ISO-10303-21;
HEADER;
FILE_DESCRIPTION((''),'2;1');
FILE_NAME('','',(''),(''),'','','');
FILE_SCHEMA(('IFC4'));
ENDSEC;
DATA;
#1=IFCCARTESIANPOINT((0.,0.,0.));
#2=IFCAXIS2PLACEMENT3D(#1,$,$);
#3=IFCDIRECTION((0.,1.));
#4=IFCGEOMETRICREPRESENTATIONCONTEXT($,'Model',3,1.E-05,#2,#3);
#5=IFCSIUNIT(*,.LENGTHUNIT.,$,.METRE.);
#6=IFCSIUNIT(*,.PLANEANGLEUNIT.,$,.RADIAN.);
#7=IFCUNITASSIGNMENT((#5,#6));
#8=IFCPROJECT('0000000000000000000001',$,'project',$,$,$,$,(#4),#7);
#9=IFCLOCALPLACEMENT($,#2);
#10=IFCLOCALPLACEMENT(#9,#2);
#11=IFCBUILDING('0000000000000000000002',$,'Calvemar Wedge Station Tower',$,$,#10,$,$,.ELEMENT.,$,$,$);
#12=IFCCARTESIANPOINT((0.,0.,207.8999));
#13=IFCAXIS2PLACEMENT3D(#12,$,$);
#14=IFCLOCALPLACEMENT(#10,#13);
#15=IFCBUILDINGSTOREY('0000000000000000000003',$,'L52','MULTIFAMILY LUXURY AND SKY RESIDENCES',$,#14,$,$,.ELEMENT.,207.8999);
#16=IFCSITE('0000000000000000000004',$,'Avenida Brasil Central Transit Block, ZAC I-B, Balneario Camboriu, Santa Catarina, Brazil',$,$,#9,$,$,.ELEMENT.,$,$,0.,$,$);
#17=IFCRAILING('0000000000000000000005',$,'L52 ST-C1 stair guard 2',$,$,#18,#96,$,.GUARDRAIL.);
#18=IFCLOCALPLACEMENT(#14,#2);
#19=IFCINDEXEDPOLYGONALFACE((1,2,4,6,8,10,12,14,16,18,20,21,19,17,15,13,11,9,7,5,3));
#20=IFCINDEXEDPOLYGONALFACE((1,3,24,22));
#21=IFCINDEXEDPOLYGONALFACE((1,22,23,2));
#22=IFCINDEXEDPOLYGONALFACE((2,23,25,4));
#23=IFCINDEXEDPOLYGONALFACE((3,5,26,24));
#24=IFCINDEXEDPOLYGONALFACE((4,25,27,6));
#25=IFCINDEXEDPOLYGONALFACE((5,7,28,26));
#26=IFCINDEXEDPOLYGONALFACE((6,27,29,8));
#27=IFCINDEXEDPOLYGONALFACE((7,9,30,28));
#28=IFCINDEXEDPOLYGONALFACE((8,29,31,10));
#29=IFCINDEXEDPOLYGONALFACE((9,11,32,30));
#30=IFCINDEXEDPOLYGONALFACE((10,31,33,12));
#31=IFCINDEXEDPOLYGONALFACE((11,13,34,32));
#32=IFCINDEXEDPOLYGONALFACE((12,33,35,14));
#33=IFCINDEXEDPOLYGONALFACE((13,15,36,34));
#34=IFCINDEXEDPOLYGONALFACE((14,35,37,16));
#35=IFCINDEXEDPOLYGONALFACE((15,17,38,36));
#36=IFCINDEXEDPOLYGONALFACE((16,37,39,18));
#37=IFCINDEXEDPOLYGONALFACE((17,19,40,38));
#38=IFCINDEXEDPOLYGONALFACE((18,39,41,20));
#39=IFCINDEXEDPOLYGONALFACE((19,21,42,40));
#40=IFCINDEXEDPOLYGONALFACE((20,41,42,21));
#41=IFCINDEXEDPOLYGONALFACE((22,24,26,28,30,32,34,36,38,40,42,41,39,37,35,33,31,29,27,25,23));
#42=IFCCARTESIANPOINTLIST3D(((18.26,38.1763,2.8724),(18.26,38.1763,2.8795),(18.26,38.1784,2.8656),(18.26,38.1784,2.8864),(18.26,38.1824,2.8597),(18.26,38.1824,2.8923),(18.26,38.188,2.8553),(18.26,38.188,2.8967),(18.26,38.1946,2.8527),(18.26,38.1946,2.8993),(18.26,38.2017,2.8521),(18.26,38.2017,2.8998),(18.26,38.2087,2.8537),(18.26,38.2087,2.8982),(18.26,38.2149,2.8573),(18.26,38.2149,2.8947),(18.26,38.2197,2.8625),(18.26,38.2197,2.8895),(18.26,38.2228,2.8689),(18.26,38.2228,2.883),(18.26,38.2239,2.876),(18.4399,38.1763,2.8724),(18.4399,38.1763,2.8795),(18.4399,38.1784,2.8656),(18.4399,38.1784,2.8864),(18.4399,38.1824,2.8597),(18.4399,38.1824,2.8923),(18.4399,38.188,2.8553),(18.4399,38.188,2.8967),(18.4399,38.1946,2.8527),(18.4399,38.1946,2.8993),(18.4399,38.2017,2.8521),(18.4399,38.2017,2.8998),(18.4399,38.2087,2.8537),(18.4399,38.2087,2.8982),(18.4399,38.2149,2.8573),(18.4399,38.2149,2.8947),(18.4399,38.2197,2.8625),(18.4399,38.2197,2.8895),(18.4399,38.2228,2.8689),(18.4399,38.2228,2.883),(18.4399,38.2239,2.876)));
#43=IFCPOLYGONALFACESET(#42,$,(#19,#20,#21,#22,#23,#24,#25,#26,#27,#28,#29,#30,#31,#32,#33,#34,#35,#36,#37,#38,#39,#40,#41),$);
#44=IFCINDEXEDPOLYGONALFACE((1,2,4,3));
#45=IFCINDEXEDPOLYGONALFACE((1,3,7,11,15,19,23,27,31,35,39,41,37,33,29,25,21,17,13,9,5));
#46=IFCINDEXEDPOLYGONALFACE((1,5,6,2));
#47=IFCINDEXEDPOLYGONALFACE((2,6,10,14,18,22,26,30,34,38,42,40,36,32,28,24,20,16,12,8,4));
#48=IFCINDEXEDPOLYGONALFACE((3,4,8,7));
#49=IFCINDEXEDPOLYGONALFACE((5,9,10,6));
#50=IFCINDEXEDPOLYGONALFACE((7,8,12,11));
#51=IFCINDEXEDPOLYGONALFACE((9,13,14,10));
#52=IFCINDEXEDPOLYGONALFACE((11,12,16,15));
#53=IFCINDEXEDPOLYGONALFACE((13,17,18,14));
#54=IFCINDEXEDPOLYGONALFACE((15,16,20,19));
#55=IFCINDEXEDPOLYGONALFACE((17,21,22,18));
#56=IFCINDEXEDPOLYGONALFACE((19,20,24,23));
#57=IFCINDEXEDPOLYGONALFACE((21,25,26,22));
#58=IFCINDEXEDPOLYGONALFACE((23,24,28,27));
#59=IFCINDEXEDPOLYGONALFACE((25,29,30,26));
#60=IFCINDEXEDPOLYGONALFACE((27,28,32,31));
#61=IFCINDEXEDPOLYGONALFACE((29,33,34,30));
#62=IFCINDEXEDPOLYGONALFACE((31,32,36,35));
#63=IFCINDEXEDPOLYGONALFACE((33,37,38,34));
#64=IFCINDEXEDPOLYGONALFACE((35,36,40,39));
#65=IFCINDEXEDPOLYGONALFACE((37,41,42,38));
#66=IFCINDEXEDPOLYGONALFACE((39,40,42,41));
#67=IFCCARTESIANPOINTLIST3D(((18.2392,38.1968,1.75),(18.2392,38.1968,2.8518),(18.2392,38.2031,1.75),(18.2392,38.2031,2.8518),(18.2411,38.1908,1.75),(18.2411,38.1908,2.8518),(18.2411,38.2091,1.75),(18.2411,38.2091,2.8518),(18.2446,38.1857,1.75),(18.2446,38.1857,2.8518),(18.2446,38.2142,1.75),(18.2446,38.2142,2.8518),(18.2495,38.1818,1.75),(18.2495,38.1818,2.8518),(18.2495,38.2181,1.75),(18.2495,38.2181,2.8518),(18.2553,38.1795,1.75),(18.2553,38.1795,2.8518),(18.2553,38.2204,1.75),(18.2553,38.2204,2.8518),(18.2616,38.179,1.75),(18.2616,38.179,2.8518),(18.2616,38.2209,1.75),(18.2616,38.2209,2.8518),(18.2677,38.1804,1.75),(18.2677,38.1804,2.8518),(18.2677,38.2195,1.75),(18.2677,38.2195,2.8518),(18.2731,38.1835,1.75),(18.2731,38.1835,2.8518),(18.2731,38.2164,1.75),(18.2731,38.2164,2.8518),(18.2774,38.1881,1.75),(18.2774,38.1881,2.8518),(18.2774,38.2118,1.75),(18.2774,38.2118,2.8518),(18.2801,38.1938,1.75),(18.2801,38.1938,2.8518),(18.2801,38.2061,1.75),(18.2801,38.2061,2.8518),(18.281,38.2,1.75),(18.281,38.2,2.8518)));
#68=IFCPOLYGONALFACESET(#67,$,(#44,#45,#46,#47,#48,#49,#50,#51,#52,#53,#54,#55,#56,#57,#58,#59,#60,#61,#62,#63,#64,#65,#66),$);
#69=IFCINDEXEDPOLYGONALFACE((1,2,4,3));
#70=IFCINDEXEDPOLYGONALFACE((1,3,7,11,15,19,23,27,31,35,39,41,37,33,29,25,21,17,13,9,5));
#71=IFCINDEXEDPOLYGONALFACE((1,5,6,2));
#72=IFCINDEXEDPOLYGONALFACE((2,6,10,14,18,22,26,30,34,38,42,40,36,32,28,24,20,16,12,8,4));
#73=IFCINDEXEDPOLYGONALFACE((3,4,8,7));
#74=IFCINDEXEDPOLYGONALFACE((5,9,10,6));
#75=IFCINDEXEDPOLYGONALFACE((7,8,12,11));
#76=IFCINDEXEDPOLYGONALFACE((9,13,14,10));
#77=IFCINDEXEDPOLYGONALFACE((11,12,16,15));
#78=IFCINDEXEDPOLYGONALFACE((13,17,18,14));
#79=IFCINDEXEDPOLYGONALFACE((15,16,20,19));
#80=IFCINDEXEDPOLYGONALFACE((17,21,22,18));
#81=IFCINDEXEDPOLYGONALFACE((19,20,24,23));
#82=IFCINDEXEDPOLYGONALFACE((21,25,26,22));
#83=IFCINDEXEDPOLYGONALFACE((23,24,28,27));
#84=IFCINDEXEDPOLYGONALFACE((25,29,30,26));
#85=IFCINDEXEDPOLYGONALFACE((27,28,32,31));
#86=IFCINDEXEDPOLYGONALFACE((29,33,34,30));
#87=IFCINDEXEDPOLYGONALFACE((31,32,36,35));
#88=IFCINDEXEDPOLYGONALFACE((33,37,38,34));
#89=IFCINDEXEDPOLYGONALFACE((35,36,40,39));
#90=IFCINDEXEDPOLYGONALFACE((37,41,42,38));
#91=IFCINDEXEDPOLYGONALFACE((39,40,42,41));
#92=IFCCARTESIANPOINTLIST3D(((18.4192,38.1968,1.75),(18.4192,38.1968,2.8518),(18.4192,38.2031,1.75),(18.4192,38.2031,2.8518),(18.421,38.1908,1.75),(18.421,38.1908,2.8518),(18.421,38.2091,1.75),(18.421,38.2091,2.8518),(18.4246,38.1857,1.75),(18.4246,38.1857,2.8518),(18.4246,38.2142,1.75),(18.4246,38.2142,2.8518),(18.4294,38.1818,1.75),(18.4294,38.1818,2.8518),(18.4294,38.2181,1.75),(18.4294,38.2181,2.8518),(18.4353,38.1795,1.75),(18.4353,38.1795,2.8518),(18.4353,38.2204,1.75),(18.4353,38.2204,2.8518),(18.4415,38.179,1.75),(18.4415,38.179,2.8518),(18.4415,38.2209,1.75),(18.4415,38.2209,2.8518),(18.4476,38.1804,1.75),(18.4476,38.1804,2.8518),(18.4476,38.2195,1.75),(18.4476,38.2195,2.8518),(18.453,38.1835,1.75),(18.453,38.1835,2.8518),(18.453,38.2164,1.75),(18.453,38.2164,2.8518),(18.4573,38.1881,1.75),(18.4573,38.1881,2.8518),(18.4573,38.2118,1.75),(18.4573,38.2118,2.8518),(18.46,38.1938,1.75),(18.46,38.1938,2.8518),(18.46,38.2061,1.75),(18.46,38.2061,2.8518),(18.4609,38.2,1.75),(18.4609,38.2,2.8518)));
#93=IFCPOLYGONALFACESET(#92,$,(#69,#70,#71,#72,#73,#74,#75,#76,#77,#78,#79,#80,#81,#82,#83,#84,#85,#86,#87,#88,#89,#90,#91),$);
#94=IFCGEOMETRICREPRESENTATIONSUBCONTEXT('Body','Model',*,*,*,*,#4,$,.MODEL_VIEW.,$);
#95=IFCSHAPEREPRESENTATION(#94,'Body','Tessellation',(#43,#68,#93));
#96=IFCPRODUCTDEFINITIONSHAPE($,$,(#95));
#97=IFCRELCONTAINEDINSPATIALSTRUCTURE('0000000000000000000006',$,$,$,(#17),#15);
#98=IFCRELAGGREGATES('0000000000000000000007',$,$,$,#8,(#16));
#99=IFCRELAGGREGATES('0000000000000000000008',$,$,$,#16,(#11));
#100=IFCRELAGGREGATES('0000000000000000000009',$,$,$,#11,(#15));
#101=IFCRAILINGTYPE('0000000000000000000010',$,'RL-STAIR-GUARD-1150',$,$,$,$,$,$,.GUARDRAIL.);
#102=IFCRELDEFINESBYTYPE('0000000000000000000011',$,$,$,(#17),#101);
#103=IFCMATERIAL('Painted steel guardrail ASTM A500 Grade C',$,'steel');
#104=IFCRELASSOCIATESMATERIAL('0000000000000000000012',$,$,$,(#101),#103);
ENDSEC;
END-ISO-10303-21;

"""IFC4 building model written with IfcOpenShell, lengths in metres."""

from ifc_helpers import new_model, si_unit, direction, frame, origin, origin_2d, place, context, subcontext, project, spatial, circle, extrude, material, type_object, element, save


model = new_model("IFC4")

# Units and contexts
model_context = context("Model", 3, precision=1e-05, world=origin(), true_north=direction((0.0, 1.0)))
body_context = subcontext(model_context, "Body", "Model", "MODEL_VIEW")
ifc_project = project(units=[si_unit("LENGTHUNIT", "METRE"), si_unit("PLANEANGLEUNIT", "RADIAN")], contexts=[model_context])

# Site, building, storey
site_placement = place(None, origin())
site = spatial("IfcSite", under=ifc_project, at=site_placement, Name="Avenida Brasil Central Transit Block, ZAC I-B, Balneario Camboriu, Santa Catarina, Brazil", CompositionType="ELEMENT", RefElevation=0.0)
building_placement = place(site_placement, origin())
building = spatial("IfcBuilding", under=site, at=building_placement, Name="Calvemar Wedge Station Tower", CompositionType="ELEMENT")
storey_placement = place(building_placement, frame((0.0, 0.0, 207.8999)))
storey = spatial("IfcBuildingStorey", under=building, at=storey_placement, Name="L52", Description="MULTIFAMILY LUXURY AND SKY RESIDENCES", CompositionType="ELEMENT", Elevation=207.8999)

# Railing
ifc_material_1 = material(Name="Painted steel guardrail ASTM A500 Grade C", Category="steel")
railing_type_1 = type_object("IfcRailingType", Name="RL-STAIR-GUARD-1150", PredefinedType="GUARDRAIL", material=ifc_material_1)
railing_1_placement = place(storey_placement, frame((18.26, 38.2, 1.75)))
element("IfcRailing", 1, at=railing_1_placement, inside=storey, type_object=railing_type_1, Name="L52 ST-C1 stair guard 2", PredefinedType="GUARDRAIL", context=body_context, shape_type="SweptSolid", body=[
    extrude(circle(Radius=0.0239, at=origin_2d()), frame((0.0, 0.0, 1.126), z_axis=(1.0, 0.0, 0.0), x_axis=(0.0, 1.0, 0.0)), (0.0, 0.0, 1.0), 0.1799),
    extrude(circle(Radius=0.021, at=origin_2d()), origin(), (0.0, 0.0, 1.0), 1.1018),
    extrude(circle(Radius=0.021, at=origin_2d()), frame((0.1799, 0.0, 0.0)), (0.0, 0.0, 1.0), 1.1018),
])

save(model, "model.ifc")
